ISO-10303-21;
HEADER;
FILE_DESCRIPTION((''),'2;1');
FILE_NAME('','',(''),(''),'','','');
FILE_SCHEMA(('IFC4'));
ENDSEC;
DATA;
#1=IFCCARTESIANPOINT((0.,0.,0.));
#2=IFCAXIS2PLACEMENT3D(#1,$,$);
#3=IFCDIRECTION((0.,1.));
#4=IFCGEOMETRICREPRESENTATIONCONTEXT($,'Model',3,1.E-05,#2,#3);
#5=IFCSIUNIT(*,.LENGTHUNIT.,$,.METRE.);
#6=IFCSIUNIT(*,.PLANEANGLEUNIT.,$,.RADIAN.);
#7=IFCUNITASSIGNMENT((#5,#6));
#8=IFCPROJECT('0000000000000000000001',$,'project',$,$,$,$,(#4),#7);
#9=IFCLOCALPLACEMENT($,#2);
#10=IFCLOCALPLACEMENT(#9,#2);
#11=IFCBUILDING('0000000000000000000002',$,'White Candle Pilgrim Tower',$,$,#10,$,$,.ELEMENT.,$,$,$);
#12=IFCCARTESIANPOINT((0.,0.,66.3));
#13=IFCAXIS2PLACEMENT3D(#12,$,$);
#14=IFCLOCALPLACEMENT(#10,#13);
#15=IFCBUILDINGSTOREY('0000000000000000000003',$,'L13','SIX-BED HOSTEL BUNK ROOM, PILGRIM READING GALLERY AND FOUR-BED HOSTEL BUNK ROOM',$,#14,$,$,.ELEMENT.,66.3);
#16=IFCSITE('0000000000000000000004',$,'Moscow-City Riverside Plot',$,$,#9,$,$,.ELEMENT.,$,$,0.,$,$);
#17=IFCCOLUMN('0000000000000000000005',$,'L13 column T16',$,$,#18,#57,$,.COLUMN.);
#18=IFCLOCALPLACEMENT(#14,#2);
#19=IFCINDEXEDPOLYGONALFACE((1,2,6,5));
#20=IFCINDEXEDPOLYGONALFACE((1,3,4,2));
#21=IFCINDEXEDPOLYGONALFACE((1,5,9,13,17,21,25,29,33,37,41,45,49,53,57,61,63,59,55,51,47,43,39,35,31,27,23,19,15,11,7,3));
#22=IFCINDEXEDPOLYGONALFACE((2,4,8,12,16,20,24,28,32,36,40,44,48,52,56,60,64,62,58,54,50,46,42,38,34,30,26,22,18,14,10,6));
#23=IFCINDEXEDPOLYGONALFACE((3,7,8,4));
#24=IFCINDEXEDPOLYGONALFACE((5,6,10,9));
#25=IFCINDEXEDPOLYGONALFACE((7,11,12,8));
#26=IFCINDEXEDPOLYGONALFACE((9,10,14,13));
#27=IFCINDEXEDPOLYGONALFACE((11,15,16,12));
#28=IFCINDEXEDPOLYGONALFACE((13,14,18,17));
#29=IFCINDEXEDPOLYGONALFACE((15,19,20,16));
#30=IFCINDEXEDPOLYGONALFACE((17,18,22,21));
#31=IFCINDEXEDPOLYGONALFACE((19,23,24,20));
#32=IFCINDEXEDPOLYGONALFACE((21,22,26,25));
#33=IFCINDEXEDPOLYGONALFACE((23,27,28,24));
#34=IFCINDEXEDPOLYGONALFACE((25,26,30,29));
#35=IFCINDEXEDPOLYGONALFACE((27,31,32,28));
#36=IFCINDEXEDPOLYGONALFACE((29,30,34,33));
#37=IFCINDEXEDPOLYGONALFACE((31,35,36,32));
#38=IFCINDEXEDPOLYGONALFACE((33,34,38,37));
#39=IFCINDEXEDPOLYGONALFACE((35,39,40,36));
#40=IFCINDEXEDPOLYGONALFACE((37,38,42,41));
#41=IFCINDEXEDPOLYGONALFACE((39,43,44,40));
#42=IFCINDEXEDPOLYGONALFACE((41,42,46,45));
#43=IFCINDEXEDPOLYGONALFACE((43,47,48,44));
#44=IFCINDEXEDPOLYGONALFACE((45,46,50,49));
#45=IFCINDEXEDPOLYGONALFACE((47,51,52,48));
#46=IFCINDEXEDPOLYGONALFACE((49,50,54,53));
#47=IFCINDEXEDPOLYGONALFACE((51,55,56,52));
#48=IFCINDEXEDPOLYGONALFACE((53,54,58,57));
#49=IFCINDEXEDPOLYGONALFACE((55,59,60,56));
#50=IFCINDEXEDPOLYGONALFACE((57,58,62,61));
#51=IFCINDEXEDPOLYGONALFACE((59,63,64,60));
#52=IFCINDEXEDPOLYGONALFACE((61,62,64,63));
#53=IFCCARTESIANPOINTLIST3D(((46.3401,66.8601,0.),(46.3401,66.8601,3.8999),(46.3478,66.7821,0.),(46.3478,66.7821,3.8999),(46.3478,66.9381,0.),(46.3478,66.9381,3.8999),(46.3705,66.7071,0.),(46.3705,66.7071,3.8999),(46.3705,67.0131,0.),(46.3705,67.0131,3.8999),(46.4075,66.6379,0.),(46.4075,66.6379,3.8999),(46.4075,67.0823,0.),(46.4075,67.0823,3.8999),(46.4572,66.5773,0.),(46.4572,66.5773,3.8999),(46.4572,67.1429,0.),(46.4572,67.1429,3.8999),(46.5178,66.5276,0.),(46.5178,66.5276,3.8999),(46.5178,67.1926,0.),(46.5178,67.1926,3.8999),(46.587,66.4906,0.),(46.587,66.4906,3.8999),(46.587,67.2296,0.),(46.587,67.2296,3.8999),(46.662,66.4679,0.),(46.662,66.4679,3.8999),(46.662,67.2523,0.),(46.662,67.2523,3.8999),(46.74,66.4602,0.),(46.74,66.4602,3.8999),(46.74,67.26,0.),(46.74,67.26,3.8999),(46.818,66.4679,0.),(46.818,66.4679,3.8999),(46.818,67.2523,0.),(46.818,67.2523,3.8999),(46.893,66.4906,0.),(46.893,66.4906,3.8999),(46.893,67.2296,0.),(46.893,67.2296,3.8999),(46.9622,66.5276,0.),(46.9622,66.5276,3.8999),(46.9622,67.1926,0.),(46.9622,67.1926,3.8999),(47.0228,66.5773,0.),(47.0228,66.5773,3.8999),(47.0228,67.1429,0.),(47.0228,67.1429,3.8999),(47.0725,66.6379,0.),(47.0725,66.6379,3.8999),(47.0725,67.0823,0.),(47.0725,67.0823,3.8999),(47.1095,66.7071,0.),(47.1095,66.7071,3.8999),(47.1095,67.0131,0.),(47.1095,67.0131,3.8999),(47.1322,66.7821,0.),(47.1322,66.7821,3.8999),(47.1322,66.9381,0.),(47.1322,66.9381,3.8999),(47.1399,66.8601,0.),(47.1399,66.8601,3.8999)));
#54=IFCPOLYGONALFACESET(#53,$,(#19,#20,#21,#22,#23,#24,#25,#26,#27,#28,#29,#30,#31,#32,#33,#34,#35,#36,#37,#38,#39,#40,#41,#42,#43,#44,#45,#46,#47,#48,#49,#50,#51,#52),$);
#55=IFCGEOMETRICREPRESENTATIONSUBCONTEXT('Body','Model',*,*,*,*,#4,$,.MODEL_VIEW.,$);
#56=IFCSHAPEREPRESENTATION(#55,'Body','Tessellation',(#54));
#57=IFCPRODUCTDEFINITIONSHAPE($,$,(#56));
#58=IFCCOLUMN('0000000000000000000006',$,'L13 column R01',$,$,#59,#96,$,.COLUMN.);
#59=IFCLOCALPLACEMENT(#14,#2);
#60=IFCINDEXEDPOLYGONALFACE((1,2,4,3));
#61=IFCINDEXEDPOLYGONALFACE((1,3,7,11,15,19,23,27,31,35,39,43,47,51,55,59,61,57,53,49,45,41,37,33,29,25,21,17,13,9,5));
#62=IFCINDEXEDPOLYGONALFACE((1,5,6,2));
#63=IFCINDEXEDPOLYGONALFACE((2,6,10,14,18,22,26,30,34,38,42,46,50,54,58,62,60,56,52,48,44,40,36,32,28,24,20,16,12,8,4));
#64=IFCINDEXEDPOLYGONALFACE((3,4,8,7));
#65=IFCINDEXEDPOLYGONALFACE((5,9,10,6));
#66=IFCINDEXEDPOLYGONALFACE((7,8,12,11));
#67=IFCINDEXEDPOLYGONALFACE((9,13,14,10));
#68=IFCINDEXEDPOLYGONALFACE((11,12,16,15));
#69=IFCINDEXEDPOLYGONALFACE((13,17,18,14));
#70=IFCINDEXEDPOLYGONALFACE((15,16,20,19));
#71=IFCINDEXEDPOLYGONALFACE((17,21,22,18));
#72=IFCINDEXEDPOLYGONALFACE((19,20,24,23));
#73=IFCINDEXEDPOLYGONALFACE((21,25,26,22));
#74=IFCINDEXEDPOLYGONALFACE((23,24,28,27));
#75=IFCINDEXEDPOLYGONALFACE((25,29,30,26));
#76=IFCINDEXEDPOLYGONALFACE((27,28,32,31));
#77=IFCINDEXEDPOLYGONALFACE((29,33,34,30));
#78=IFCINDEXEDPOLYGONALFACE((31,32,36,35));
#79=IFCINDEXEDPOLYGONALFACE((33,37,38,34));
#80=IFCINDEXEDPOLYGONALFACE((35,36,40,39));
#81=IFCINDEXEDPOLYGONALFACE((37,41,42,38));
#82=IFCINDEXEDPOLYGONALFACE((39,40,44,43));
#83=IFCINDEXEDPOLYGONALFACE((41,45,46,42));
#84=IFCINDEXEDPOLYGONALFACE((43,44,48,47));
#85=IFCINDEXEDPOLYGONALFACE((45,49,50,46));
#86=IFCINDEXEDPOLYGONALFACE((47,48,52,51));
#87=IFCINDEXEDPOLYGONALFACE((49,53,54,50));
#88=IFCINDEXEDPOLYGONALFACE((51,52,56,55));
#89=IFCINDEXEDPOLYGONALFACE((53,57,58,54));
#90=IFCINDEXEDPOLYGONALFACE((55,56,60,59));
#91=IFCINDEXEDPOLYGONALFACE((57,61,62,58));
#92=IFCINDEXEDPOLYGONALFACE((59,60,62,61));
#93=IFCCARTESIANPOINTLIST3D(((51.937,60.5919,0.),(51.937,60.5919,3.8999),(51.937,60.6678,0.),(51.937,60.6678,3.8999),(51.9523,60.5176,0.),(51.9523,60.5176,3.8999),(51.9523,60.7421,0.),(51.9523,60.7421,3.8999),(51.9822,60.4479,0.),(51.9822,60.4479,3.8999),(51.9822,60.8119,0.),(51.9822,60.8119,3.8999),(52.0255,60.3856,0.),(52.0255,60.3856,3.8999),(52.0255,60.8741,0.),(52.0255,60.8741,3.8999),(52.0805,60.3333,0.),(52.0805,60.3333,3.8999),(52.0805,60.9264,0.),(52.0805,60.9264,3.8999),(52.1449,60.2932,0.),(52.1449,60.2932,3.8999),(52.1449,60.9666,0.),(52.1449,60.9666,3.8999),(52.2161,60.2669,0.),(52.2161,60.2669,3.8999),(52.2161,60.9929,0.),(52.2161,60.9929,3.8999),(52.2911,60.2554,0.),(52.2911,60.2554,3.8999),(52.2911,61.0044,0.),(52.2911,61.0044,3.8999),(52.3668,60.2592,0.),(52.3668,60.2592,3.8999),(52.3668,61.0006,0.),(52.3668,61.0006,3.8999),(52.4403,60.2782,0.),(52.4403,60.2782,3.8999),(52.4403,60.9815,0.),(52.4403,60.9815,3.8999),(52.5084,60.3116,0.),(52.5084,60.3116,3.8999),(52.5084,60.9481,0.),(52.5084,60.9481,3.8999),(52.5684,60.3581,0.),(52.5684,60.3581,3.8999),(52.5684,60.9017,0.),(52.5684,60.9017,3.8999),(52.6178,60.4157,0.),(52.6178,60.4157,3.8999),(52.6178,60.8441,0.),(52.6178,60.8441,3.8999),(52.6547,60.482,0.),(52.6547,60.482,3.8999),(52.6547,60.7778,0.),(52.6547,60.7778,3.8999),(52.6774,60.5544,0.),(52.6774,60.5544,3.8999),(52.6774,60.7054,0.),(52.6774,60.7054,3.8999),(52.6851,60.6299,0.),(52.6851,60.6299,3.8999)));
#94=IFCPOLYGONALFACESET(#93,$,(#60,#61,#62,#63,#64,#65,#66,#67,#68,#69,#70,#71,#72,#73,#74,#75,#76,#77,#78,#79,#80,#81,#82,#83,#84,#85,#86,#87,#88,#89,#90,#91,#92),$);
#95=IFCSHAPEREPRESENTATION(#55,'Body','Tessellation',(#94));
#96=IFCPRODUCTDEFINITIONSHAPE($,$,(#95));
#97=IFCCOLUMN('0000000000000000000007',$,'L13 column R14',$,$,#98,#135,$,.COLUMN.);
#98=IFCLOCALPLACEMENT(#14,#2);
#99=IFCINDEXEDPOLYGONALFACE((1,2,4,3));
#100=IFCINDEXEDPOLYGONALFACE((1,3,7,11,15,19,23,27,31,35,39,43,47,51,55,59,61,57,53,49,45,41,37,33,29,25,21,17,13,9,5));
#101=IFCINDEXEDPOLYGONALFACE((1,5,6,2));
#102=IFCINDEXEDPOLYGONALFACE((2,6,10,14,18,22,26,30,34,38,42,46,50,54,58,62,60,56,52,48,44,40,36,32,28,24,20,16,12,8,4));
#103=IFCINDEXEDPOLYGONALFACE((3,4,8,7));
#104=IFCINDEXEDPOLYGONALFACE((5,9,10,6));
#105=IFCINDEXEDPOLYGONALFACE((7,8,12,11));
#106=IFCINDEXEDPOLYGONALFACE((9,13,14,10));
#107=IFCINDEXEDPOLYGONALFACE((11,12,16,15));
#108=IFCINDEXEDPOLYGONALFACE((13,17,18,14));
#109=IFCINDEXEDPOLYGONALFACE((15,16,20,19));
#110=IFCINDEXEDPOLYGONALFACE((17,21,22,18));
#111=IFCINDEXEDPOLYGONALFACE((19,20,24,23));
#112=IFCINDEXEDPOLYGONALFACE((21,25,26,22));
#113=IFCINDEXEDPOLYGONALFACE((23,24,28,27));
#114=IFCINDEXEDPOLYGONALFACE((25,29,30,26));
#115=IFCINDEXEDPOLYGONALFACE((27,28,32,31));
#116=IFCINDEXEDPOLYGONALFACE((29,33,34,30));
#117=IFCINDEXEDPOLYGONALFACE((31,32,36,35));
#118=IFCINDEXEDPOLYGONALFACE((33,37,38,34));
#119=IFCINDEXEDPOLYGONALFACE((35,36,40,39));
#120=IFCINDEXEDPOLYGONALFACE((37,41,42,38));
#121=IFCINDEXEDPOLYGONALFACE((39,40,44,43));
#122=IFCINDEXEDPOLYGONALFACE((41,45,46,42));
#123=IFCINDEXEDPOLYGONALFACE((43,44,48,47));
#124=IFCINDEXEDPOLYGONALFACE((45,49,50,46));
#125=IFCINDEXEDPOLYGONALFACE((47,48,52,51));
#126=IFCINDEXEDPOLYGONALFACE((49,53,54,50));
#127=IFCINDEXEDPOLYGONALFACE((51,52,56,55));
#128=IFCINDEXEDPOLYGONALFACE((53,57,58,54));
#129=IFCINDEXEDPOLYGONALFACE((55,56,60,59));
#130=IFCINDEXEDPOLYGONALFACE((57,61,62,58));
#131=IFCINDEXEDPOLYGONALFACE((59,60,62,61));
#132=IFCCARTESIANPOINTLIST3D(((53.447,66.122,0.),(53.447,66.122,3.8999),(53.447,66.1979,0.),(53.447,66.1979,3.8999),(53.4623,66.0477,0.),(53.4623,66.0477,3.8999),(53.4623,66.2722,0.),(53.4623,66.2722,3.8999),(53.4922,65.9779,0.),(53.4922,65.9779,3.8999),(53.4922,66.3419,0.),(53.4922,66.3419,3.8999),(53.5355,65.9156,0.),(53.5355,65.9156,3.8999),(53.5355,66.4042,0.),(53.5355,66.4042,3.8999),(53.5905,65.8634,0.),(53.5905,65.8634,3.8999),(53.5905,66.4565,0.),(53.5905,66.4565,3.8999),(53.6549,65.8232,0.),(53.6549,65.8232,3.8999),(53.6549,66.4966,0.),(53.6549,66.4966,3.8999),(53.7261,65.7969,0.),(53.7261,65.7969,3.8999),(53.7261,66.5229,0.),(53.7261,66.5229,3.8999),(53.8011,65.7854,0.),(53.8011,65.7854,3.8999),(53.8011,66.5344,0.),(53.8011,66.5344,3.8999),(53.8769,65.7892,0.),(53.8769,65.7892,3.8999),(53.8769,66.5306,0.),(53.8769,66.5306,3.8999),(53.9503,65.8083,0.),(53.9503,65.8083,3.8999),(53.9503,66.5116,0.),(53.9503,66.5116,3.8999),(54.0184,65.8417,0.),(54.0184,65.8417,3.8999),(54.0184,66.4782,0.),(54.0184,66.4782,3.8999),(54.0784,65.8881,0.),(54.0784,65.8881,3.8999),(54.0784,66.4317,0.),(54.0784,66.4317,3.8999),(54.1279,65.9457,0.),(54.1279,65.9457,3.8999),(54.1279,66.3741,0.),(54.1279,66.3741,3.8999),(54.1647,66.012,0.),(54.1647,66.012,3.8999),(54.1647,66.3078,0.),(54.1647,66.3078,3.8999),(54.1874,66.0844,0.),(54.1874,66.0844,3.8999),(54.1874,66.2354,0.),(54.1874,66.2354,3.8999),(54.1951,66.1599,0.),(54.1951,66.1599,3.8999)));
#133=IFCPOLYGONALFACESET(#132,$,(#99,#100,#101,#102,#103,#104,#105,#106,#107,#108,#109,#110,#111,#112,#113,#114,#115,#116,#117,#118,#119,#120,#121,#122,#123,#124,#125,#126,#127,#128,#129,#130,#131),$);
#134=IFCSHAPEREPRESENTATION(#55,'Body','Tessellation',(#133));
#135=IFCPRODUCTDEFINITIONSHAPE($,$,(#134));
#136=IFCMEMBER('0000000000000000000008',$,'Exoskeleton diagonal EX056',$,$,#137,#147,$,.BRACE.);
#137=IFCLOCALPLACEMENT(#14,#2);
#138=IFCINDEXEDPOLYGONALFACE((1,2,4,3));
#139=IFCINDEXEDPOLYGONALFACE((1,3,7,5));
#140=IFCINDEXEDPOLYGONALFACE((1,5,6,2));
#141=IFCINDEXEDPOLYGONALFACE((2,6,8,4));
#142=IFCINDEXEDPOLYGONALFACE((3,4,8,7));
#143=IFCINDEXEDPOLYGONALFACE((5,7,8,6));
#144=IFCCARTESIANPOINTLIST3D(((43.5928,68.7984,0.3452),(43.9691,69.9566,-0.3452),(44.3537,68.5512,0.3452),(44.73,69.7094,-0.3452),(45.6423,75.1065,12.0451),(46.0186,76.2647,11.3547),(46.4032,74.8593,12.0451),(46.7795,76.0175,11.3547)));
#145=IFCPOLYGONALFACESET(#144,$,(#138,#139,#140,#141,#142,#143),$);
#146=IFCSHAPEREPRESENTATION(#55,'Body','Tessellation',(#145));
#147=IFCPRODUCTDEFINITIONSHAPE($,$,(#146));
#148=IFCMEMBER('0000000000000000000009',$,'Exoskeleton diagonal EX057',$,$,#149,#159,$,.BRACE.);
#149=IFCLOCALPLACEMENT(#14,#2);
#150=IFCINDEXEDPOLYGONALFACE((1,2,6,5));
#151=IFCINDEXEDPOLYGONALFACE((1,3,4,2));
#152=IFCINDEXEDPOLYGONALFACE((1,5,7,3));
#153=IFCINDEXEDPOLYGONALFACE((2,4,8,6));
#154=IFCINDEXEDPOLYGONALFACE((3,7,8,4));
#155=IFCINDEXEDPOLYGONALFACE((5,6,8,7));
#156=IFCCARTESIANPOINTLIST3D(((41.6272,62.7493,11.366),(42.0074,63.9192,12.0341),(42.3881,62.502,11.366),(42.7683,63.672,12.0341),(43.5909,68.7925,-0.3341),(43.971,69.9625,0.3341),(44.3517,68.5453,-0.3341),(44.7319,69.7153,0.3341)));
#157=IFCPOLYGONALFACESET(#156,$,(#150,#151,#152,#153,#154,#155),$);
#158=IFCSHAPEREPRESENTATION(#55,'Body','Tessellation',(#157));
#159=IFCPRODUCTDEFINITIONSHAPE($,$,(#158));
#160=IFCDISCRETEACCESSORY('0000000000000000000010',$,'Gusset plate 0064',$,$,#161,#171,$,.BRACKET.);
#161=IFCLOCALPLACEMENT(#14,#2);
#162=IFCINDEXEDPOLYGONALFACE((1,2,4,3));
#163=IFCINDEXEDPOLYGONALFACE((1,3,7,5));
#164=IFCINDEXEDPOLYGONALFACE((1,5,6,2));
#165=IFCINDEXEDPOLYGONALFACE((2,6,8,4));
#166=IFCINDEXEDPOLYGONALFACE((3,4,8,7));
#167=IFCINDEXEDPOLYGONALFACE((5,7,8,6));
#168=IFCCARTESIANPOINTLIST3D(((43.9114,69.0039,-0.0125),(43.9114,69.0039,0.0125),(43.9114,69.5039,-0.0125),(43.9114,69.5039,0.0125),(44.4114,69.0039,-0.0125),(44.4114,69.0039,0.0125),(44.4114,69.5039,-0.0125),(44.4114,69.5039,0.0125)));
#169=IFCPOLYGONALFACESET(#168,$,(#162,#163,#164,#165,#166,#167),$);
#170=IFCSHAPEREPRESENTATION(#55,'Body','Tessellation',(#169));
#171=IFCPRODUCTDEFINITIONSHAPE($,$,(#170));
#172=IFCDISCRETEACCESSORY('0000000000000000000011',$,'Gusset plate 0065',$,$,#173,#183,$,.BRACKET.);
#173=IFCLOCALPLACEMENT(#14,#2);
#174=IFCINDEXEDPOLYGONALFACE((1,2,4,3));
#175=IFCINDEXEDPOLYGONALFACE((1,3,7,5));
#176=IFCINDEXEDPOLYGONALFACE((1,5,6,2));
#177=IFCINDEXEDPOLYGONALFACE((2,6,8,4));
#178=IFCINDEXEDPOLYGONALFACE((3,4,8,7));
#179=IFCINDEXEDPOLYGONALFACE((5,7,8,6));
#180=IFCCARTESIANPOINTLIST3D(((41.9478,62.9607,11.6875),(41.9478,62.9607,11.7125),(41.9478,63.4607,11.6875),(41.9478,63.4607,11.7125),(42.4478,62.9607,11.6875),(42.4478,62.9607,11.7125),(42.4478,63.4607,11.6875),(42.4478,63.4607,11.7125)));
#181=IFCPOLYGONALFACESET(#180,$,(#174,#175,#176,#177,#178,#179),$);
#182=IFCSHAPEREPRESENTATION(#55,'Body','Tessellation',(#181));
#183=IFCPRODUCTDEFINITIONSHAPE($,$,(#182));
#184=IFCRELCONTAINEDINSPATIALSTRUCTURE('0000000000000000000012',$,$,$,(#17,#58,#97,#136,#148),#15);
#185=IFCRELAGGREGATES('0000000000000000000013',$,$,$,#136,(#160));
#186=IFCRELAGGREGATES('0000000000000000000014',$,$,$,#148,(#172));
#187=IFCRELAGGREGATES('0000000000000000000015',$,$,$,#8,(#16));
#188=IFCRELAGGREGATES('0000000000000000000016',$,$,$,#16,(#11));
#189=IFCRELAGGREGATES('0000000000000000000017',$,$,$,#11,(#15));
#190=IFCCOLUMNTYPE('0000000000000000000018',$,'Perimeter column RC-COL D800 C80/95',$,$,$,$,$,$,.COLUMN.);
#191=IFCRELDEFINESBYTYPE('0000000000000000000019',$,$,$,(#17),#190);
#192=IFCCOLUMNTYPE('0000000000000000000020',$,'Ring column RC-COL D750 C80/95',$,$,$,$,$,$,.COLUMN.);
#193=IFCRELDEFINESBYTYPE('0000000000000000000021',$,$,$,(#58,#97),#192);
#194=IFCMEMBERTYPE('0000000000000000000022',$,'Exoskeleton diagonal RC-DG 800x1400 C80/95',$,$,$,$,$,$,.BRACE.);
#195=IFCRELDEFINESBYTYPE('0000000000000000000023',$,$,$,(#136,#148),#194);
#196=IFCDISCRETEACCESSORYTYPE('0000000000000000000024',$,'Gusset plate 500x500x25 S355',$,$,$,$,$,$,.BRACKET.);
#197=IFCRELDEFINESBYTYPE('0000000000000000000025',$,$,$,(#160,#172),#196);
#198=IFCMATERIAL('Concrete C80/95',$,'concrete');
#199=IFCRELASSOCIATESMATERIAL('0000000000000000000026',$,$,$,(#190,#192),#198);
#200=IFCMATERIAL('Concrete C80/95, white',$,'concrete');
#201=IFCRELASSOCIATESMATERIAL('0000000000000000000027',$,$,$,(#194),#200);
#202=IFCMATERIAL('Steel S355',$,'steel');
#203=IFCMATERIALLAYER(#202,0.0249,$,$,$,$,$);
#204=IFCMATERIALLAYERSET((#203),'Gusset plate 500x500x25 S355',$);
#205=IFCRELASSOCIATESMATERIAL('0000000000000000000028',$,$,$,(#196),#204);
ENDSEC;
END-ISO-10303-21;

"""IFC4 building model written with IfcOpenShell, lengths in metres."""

from ifc_helpers import new_model, si_unit, direction, frame, origin, origin_2d, place, context, subcontext, project, spatial, rectangle, circle, extrude, material, layer, layer_set, material_profile, profile_set, type_object, element, aggregate, save


model = new_model("IFC4")

# Units and contexts
model_context = context("Model", 3, precision=1e-05, world=origin(), true_north=direction((0.0, 1.0)))
body_context = subcontext(model_context, "Body", "Model", "MODEL_VIEW")
ifc_project = project(units=[si_unit("LENGTHUNIT", "METRE"), si_unit("PLANEANGLEUNIT", "RADIAN")], contexts=[model_context])

# Site, building, storey
site_placement = place(None, origin())
site = spatial("IfcSite", under=ifc_project, at=site_placement, Name="Moscow-City Riverside Plot", CompositionType="ELEMENT", RefElevation=0.0)
building_placement = place(site_placement, origin())
building = spatial("IfcBuilding", under=site, at=building_placement, Name="White Candle Pilgrim Tower", CompositionType="ELEMENT")
storey_placement = place(building_placement, frame((0.0, 0.0, 66.3)))
storey = spatial("IfcBuildingStorey", under=building, at=storey_placement, Name="L13", Description="SIX-BED HOSTEL BUNK ROOM, PILGRIM READING GALLERY AND FOUR-BED HOSTEL BUNK ROOM", CompositionType="ELEMENT", Elevation=66.3)

# Columns
ifc_material_1 = material(Name="Concrete C80/95", Category="concrete")
ifc_material_profile_1 = material_profile(ifc_material_1, circle(Radius=0.3999, at=origin_2d()), Name="RC-COL D800")
ifc_profile_set_1 = profile_set([ifc_material_profile_1], Name="Concrete C80/95")
column_type_1 = type_object("IfcColumnType", Name="Perimeter column RC-COL D800 C80/95", PredefinedType="COLUMN", material=ifc_profile_set_1)
column_placement = place(storey_placement, frame((46.74, 66.8601, 0.0), z_axis=(0.0, 0.0, 1.0), x_axis=(1.0, 0.0, 0.0)))
element("IfcColumn", 1, at=column_placement, inside=storey, type_object=column_type_1, Name="L13 column T16", PredefinedType="COLUMN", context=body_context, shape_type="SweptSolid", body=[
    extrude(circle(Radius=0.3999, at=origin_2d()), origin(), (0.0, 0.0, 1.0), 3.8999),
])
ifc_material_profile_2 = material_profile(ifc_material_1, circle(Radius=0.375, at=origin_2d()), Name="RC-COL D750")
ifc_profile_set_2 = profile_set([ifc_material_profile_2], Name="Concrete C80/95")
column_type_2 = type_object("IfcColumnType", Name="Ring column RC-COL D750 C80/95", PredefinedType="COLUMN", material=ifc_profile_set_2)
for number, where, z_axis, x_axis, name in (
    (2, (52.3101, 60.6299, 0.0), (0.0, 0.0, 1.0), (1.0, 0.0, 0.0), "L13 column R01"),
    (3, (53.8201, 66.1599, 0.0), (0.0, 0.0, 1.0), (1.0, 0.0, 0.0), "L13 column R14"),
):
    element("IfcColumn", number, at=place(storey_placement, frame(where, z_axis=z_axis, x_axis=x_axis)), inside=storey, type_object=column_type_2, Name=name, PredefinedType="COLUMN", context=body_context, shape_type="SweptSolid", body=[
        extrude(circle(Radius=0.375, at=origin_2d()), origin(), (0.0, 0.0, 1.0), 3.8999),
    ])

# Members
ifc_material_2 = material(Name="Concrete C80/95, white", Category="concrete")
ifc_material_profile_3 = material_profile(ifc_material_2, rectangle(XDim=0.8, YDim=1.3999, at=origin_2d()), Name="RC-DG 800x1400")
ifc_profile_set_3 = profile_set([ifc_material_profile_3], Name="Concrete C80/95, white")
member_type_1 = type_object("IfcMemberType", Name="Exoskeleton diagonal RC-DG 800x1400 C80/95", PredefinedType="BRACE", material=ifc_profile_set_3)
member_1_placement = place(storey_placement, frame((44.1614, 69.2539, 0.0), z_axis=(0.152392, 0.469031, 0.869935), x_axis=(-0.951059, 0.309008, 0.0)))
member_1 = element("IfcMember", 4, at=member_1_placement, inside=storey, type_object=member_type_1, Name="Exoskeleton diagonal EX056", PredefinedType="BRACE", context=body_context, shape_type="SweptSolid", body=[
    extrude(rectangle(XDim=0.8, YDim=1.3999, at=origin_2d()), origin(), (0.0, 0.0, 1.0), 13.4492),
])
member_2_placement = place(storey_placement, frame((44.1614, 69.2539, 0.0), z_axis=(-0.147485, -0.453896, 0.878764), x_axis=(0.951054, -0.309026, 0.0)))
member_2 = element("IfcMember", 5, at=member_2_placement, inside=storey, type_object=member_type_1, Name="Exoskeleton diagonal EX057", PredefinedType="BRACE", context=body_context, shape_type="SweptSolid", body=[
    extrude(rectangle(XDim=0.8, YDim=1.3999, at=origin_2d()), origin(), (0.0, 0.0, 1.0), 13.3142),
])

# Discrete accessories
ifc_material_3 = material(Name="Steel S355", Category="steel")
ifc_layer_1 = layer(ifc_material_3, 0.0249)
ifc_layer_set_1 = layer_set([ifc_layer_1], Name="Gusset plate 500x500x25 S355")
discrete_accessory_type = type_object("IfcDiscreteAccessoryType", Name="Gusset plate 500x500x25 S355", PredefinedType="BRACKET", material=ifc_layer_set_1)
discrete_accessory_1_placement = place(storey_placement, frame((44.1614, 69.2539, -0.0125), z_axis=(0.0, 0.0, 1.0), x_axis=(1.0, 0.0, 0.0)))
discrete_accessory_1 = element("IfcDiscreteAccessory", 6, at=discrete_accessory_1_placement, type_object=discrete_accessory_type, Name="Gusset plate 0064", PredefinedType="BRACKET", context=body_context, shape_type="SweptSolid", body=[
    extrude(rectangle(XDim=0.5, YDim=0.5, at=origin_2d()), origin(), (0.0, 0.0, 1.0), 0.0249),
])
aggregate(member_1, [discrete_accessory_1])
placement = place(building_placement, frame((0.0, 0.0, 78.0)))
discrete_accessory_2_placement = place(placement, frame((42.1978, 63.2107, -0.0125), z_axis=(0.0, 0.0, 1.0), x_axis=(1.0, 0.0, 0.0)))
discrete_accessory_2 = element("IfcDiscreteAccessory", 7, at=discrete_accessory_2_placement, type_object=discrete_accessory_type, Name="Gusset plate 0065", PredefinedType="BRACKET", context=body_context, shape_type="SweptSolid", body=[
    extrude(rectangle(XDim=0.5, YDim=0.5, at=origin_2d()), origin(), (0.0, 0.0, 1.0), 0.0249),
])
aggregate(member_2, [discrete_accessory_2])

save(model, "model.ifc")
